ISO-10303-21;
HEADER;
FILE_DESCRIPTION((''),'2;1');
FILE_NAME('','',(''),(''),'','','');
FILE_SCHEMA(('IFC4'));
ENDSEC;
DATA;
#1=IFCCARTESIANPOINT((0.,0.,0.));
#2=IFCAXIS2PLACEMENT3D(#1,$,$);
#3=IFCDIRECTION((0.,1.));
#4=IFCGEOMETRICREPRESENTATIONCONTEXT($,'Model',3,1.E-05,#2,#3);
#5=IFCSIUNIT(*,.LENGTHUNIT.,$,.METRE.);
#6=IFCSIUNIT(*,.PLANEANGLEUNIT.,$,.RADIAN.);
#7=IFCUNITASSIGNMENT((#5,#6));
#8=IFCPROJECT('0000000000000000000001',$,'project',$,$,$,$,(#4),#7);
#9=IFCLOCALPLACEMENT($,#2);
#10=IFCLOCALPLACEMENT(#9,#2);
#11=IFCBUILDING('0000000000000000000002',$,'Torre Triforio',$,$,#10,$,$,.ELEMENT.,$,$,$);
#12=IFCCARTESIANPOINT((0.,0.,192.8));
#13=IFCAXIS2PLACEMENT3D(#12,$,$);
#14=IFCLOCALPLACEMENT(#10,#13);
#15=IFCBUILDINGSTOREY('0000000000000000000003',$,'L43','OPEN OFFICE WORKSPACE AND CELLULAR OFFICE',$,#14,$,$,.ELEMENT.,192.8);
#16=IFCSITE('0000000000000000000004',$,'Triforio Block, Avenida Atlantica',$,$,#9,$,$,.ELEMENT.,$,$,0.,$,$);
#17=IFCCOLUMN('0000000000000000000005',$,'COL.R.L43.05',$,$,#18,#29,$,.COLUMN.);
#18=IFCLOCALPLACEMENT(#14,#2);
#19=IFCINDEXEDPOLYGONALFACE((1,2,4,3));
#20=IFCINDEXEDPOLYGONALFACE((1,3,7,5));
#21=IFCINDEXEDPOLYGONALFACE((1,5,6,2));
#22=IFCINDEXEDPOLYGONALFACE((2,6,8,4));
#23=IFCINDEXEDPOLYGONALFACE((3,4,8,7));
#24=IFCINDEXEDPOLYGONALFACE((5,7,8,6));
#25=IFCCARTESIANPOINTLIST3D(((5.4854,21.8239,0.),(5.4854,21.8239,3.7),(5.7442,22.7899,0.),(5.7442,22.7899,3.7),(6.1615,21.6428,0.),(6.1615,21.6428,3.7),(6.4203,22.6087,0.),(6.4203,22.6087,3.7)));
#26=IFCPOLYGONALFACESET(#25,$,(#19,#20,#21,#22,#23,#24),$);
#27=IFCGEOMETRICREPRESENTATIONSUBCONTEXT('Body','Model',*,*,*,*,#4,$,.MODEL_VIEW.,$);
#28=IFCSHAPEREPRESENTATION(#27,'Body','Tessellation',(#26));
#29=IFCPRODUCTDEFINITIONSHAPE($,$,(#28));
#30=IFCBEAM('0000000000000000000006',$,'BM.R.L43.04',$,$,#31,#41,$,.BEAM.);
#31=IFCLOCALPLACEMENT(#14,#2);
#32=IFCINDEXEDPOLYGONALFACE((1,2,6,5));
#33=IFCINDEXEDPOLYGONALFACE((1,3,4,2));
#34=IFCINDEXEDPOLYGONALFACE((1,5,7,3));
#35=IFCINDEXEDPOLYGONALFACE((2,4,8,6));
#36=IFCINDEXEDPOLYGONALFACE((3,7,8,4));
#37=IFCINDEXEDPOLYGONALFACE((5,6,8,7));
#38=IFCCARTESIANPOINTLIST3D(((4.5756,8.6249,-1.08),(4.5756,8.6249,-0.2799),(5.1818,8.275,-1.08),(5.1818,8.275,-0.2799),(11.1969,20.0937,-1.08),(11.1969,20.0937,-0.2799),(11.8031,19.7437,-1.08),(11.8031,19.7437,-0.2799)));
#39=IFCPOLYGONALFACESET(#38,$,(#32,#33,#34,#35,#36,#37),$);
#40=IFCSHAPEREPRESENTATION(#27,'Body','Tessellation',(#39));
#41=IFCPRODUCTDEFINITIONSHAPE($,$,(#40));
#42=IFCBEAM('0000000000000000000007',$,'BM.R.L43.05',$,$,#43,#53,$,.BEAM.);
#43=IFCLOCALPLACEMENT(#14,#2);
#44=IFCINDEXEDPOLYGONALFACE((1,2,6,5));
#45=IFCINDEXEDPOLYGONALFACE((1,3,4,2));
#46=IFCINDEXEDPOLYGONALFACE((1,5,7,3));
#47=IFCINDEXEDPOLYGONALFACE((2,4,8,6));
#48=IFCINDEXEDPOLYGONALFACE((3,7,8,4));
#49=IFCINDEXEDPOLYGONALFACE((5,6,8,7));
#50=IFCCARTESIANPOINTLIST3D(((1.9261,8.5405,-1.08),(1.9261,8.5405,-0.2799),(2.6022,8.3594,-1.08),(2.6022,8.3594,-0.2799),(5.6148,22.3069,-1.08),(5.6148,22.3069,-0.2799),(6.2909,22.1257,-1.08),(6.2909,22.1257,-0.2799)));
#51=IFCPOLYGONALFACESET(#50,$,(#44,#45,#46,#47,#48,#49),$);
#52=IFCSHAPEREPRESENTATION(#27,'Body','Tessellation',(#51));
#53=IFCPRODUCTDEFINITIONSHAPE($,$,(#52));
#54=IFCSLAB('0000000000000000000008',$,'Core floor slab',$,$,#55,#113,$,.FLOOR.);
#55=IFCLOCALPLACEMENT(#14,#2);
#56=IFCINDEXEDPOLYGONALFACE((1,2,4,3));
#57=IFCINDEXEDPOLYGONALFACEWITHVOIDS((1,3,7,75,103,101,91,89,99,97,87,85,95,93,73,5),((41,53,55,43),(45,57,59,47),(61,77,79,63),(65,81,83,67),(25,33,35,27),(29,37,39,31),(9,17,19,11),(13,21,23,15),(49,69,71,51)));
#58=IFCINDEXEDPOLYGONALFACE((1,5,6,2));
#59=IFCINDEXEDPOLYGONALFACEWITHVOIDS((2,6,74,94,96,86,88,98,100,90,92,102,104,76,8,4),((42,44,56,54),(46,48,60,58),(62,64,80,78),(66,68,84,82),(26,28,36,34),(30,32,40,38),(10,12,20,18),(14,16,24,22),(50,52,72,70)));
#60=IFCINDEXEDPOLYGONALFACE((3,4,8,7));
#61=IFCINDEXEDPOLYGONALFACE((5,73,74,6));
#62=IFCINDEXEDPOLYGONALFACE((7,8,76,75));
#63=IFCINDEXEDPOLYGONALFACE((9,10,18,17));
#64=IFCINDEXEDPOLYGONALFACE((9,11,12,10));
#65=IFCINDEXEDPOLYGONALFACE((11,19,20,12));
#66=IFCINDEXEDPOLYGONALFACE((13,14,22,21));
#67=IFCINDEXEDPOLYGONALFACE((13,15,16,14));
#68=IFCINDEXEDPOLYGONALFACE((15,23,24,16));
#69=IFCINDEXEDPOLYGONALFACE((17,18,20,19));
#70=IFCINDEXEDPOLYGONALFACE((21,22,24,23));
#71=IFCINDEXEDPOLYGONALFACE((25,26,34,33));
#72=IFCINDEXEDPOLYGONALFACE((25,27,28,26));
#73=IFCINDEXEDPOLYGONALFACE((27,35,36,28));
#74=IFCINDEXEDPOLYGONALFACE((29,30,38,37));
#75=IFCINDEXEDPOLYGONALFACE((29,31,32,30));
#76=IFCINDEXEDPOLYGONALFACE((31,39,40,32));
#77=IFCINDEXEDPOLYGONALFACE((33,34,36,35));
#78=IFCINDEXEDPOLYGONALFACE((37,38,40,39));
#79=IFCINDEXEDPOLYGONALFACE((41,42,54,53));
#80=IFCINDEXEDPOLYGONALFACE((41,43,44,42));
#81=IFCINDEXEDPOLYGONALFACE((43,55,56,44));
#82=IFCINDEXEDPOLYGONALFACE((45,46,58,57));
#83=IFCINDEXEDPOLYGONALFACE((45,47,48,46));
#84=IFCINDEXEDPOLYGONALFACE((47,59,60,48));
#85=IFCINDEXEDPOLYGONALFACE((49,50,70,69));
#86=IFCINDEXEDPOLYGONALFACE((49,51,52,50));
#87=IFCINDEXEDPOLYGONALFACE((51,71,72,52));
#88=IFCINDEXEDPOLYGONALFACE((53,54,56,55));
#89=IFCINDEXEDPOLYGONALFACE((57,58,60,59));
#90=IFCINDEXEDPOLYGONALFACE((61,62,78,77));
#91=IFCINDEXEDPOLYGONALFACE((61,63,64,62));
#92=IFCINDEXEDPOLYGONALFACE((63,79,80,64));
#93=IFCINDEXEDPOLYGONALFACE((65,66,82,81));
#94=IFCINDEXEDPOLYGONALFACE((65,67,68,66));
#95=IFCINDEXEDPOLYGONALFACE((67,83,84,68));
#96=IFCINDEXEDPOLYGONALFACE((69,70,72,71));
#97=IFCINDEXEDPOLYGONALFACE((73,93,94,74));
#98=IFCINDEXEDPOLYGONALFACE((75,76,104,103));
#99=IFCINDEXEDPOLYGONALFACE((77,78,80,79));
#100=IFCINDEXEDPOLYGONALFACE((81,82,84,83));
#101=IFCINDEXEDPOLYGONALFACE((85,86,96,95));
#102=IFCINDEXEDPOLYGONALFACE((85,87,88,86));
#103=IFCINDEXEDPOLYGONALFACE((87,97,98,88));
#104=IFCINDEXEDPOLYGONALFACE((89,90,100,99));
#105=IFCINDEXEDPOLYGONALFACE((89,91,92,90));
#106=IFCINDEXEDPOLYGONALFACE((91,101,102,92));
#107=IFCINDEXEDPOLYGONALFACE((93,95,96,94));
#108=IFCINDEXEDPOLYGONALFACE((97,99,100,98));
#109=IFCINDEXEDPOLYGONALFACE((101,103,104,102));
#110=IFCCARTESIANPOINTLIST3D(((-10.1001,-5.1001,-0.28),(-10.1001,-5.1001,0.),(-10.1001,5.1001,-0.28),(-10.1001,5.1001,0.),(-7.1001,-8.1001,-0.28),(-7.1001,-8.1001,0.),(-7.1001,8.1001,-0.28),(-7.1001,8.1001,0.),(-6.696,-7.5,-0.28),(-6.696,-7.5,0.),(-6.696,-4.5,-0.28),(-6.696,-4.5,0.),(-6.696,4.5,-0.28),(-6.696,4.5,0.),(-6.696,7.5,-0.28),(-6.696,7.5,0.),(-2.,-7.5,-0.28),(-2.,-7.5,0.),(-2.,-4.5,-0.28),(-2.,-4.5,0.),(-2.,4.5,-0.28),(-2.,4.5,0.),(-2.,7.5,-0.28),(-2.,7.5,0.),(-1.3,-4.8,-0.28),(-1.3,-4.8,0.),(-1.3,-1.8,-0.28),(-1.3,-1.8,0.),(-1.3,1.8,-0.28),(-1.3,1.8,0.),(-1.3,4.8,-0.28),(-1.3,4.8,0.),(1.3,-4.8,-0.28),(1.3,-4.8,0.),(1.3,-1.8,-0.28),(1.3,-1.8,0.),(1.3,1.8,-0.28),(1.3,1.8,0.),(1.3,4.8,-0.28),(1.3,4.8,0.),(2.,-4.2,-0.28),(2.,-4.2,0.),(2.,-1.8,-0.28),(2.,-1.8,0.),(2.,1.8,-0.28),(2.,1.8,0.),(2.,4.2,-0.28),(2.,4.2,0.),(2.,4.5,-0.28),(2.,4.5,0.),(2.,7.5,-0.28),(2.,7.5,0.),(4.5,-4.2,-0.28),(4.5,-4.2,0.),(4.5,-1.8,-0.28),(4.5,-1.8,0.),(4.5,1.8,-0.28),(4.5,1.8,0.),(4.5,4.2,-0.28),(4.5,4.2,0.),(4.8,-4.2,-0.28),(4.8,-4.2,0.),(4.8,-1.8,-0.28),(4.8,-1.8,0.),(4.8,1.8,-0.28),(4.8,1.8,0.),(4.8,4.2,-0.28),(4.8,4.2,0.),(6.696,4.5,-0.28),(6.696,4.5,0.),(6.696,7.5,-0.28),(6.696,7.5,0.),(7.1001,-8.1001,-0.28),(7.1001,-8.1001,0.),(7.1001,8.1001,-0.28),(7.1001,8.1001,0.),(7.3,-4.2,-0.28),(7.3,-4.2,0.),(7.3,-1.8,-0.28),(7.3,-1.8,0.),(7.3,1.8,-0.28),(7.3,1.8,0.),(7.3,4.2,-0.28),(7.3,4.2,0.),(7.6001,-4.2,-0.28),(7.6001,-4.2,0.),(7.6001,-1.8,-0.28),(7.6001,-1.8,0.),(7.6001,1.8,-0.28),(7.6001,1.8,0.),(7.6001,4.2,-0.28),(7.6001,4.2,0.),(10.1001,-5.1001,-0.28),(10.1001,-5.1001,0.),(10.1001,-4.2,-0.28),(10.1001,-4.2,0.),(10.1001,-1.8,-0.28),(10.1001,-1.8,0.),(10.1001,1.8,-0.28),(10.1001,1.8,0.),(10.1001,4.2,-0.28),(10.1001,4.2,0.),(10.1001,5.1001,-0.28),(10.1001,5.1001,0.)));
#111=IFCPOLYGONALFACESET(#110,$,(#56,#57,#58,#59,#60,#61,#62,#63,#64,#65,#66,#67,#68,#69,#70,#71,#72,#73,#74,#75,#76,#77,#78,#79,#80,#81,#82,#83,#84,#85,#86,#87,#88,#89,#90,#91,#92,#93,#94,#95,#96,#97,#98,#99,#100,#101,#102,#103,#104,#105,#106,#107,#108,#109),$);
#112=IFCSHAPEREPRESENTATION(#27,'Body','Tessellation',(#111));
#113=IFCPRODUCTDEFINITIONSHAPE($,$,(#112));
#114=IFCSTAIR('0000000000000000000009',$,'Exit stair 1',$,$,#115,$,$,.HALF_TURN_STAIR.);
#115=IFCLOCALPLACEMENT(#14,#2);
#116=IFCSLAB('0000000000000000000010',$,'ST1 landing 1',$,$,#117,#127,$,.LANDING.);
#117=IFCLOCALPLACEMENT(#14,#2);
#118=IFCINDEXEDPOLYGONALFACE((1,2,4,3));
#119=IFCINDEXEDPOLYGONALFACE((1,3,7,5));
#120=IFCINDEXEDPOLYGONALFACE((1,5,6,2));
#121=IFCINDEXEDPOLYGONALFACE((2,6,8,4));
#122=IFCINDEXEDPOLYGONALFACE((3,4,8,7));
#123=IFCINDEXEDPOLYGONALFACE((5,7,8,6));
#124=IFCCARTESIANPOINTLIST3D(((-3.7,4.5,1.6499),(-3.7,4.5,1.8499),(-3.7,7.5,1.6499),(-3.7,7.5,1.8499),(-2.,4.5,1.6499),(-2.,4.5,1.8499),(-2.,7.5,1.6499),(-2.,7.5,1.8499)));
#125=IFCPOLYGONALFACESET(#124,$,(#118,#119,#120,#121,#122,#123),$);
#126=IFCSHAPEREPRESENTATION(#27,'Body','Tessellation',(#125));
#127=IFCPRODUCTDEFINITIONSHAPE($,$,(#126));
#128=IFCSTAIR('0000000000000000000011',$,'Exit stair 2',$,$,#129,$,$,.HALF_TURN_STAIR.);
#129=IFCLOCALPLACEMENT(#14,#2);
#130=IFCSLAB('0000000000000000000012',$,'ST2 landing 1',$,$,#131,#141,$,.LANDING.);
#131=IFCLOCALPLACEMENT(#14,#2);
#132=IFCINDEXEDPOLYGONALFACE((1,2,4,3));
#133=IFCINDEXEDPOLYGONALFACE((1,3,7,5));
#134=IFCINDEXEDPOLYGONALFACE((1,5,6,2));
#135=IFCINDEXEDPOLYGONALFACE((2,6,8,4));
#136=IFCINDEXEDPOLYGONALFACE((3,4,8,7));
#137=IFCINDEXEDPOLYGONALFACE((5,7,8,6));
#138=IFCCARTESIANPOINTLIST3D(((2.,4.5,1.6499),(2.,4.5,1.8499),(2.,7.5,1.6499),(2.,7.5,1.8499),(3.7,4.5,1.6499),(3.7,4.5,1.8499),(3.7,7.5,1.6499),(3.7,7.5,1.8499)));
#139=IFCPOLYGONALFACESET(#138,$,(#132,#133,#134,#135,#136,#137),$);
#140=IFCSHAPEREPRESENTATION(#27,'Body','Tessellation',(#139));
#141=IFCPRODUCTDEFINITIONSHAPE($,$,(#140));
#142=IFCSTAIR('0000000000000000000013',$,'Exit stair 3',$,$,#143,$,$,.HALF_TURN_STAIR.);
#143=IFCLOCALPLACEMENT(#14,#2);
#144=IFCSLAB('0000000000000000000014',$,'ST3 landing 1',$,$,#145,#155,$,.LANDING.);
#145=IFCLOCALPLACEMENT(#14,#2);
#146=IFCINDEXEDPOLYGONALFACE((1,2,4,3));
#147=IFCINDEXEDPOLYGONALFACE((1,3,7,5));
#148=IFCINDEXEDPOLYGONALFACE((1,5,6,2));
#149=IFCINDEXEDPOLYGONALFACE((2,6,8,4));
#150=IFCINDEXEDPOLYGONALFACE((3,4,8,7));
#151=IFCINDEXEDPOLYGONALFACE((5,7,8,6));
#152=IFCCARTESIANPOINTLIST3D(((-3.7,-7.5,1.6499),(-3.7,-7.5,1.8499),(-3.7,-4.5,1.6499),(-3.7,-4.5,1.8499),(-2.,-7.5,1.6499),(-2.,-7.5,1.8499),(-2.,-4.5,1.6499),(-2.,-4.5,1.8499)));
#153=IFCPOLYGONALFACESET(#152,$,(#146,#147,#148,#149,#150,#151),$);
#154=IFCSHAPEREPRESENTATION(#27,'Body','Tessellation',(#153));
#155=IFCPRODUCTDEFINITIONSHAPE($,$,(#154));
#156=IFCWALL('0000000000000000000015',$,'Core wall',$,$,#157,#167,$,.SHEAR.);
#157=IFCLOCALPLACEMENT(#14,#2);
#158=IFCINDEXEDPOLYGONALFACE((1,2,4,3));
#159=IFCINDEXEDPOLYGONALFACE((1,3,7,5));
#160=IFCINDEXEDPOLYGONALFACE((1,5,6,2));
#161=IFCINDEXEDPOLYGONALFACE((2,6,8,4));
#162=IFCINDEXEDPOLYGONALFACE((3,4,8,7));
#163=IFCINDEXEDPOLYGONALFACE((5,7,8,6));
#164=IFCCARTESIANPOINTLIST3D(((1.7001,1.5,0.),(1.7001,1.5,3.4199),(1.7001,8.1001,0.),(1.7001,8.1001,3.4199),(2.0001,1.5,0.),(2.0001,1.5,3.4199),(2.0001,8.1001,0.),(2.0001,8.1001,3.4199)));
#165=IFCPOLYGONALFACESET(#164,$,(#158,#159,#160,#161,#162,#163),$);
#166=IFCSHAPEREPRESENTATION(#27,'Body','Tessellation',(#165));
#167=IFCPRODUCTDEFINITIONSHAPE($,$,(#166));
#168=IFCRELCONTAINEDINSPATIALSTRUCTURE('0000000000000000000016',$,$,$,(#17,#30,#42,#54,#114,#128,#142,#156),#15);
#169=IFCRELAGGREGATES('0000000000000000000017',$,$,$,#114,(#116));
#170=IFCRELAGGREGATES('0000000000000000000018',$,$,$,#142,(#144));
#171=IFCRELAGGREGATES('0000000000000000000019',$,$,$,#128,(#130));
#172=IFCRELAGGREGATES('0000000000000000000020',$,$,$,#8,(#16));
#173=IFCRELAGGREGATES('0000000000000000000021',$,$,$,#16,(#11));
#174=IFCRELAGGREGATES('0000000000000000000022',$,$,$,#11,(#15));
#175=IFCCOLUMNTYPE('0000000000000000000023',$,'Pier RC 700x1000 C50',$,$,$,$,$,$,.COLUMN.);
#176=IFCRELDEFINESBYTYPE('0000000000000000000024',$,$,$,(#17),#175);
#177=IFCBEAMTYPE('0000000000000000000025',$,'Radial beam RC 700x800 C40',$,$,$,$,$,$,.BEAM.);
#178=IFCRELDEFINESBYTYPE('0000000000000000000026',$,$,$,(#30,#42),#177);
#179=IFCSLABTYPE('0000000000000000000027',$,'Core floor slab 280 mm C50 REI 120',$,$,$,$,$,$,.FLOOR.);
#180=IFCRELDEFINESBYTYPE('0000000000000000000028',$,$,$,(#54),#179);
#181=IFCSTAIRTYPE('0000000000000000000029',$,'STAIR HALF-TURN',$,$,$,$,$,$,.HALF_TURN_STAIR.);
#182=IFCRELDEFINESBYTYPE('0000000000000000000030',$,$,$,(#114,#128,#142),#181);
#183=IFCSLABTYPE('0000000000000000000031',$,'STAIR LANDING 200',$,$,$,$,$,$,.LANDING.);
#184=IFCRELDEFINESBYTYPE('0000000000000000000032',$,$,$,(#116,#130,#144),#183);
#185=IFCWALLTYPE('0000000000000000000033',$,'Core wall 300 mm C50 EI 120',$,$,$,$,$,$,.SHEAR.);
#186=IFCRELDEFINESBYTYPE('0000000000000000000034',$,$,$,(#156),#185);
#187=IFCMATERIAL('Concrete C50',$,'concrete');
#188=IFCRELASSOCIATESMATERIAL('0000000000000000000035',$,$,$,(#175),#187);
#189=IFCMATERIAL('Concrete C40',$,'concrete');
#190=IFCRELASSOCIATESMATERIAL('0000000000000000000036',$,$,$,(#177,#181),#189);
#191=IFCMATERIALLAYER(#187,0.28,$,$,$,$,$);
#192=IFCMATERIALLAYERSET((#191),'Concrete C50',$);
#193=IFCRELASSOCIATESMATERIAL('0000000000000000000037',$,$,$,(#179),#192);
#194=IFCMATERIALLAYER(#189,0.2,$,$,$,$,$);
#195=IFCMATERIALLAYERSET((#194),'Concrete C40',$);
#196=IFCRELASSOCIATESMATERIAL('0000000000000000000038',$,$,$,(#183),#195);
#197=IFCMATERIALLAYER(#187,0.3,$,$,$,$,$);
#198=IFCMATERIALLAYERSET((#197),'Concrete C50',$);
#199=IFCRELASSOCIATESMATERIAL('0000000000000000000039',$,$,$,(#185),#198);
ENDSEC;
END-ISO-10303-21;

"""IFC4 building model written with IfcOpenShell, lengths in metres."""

from ifc_helpers import new_model, si_unit, direction, frame, frame_2d, origin, origin_2d, place, context, subcontext, project, spatial, polyline, rectangle, outline, extrude, material, layer, layer_set, material_profile, profile_set, type_object, element, aggregate, save


model = new_model("IFC4")

# Units and contexts
model_context = context("Model", 3, precision=1e-05, world=origin(), true_north=direction((0.0, 1.0)))
body_context = subcontext(model_context, "Body", "Model", "MODEL_VIEW")
ifc_project = project(units=[si_unit("LENGTHUNIT", "METRE"), si_unit("PLANEANGLEUNIT", "RADIAN")], contexts=[model_context])

# Site, building, storey
site_placement = place(None, origin())
site = spatial("IfcSite", under=ifc_project, at=site_placement, Name="Triforio Block, Avenida Atlantica", CompositionType="ELEMENT", RefElevation=0.0)
building_placement = place(site_placement, origin())
building = spatial("IfcBuilding", under=site, at=building_placement, Name="Torre Triforio", CompositionType="ELEMENT")
storey_placement = place(building_placement, frame((0.0, 0.0, 192.8)))
storey = spatial("IfcBuildingStorey", under=building, at=storey_placement, Name="L43", Description="OPEN OFFICE WORKSPACE AND CELLULAR OFFICE", CompositionType="ELEMENT", Elevation=192.8)

# Column
ifc_material_1 = material(Name="Concrete C50", Category="concrete")
ifc_material_profile_1 = material_profile(ifc_material_1, rectangle(XDim=0.7, YDim=1.0, at=origin_2d()), Name="RC 700x1000")
ifc_profile_set_1 = profile_set([ifc_material_profile_1], Name="Concrete C50")
column_type = type_object("IfcColumnType", Name="Pier RC 700x1000 C50", PredefinedType="COLUMN", material=ifc_profile_set_1)
column_placement = place(storey_placement, frame((5.9529, 22.2163, 0.0), z_axis=(0.0, 0.0, 1.0), x_axis=(-0.965926, 0.258819, 0.0)))
element("IfcColumn", 1, at=column_placement, inside=storey, type_object=column_type, Name="COL.R.L43.05", PredefinedType="COLUMN", context=body_context, shape_type="SweptSolid", body=[
    extrude(rectangle(XDim=0.7, YDim=1.0, at=origin_2d()), origin(), (0.0, 0.0, 1.0), 3.7),
])

# Beams
ifc_material_2 = material(Name="Concrete C40", Category="concrete")
ifc_material_profile_2 = material_profile(ifc_material_2, rectangle(XDim=0.7, YDim=0.8, at=origin_2d()), Name="RC 700x800")
ifc_profile_set_2 = profile_set([ifc_material_profile_2], Name="Concrete C40")
beam_type = type_object("IfcBeamType", Name="Radial beam RC 700x800 C40", PredefinedType="BEAM", material=ifc_profile_set_2)
beam_1_placement = place(storey_placement, frame((4.8787, 8.45, -0.6799), z_axis=(0.499992, 0.86603, 0.0), x_axis=(-0.86603, 0.499992, 0.0)))
element("IfcBeam", 2, at=beam_1_placement, inside=storey, type_object=beam_type, Name="BM.R.L43.04", PredefinedType="BEAM", context=body_context, shape_type="SweptSolid", body=[
    extrude(rectangle(XDim=0.7, YDim=0.8, at=origin_2d()), origin(), (0.0, 0.0, 1.0), 13.2429),
])
beam_2_placement = place(storey_placement, frame((2.2642, 8.45, -0.6799), z_axis=(0.258821, 0.965925, 0.0), x_axis=(-0.965925, 0.258821, 0.0)))
element("IfcBeam", 3, at=beam_2_placement, inside=storey, type_object=beam_type, Name="BM.R.L43.05", PredefinedType="BEAM", context=body_context, shape_type="SweptSolid", body=[
    extrude(rectangle(XDim=0.7, YDim=0.8, at=origin_2d()), origin(), (0.0, 0.0, 1.0), 14.252),
])

# Slab
ifc_layer_1 = layer(ifc_material_1, 0.28)
ifc_layer_set_1 = layer_set([ifc_layer_1], Name="Concrete C50")
slab_type_1 = type_object("IfcSlabType", Name="Core floor slab 280 mm C50 REI 120", PredefinedType="FLOOR", material=ifc_layer_set_1)
slab_1_placement = place(storey_placement, frame((0.0, 0.0, -0.28)))
element("IfcSlab", 4, at=slab_1_placement, inside=storey, type_object=slab_type_1, Name="Core floor slab", PredefinedType="FLOOR", context=body_context, shape_type="SweptSolid", body=[
    extrude(outline(polyline([(10.1001, -5.1001), (7.1001, -8.1001), (-7.1001, -8.1001), (-10.1001, -5.1001), (-10.1001, 5.1001), (-7.1001, 8.1001), (7.1001, 8.1001), (10.1001, 5.1001), (10.1001, 4.2), (7.6001, 4.2), (7.6001, 1.8), (10.1001, 1.8), (10.1001, -1.8), (7.6001, -1.8), (7.6001, -4.2), (10.1001, -4.2), (10.1001, -5.1001)]), holes=[polyline([(-6.696, -4.5), (-6.696, -7.5), (-2.0, -7.5), (-2.0, -4.5), (-6.696, -4.5)]), polyline([(-1.3, -1.8), (-1.3, -4.8), (1.3, -4.8), (1.3, -1.8), (-1.3, -1.8)]), polyline([(2.0, -1.8), (2.0, -4.2), (4.5, -4.2), (4.5, -1.8), (2.0, -1.8)]), polyline([(4.5, 4.2), (2.0, 4.2), (2.0, 1.8), (4.5, 1.8), (4.5, 4.2)]), polyline([(1.3, 4.8), (-1.3, 4.8), (-1.3, 1.8), (1.3, 1.8), (1.3, 4.8)]), polyline([(-6.696, 7.5), (-6.696, 4.5), (-2.0, 4.5), (-2.0, 7.5), (-6.696, 7.5)]), polyline([(7.3, -1.8), (4.8, -1.8), (4.8, -4.2), (7.3, -4.2), (7.3, -1.8)]), polyline([(4.8, 4.2), (4.8, 1.8), (7.3, 1.8), (7.3, 4.2), (4.8, 4.2)]), polyline([(6.696, 7.5), (2.0, 7.5), (2.0, 4.5), (6.696, 4.5), (6.696, 7.5)])]), origin(), (0.0, 0.0, 1.0), 0.28),
])

# Stairs, slabs
stair_type = type_object("IfcStairType", Name="STAIR HALF-TURN", PredefinedType="HALF_TURN_STAIR", material=ifc_material_2)
stair_1_placement = place(storey_placement, origin())
stair_1 = element("IfcStair", 5, at=stair_1_placement, inside=storey, type_object=stair_type, Name="Exit stair 1", PredefinedType="HALF_TURN_STAIR")
ifc_layer_2 = layer(ifc_material_2, 0.2)
ifc_layer_set_2 = layer_set([ifc_layer_2], Name="Concrete C40")
slab_type_2 = type_object("IfcSlabType", Name="STAIR LANDING 200", PredefinedType="LANDING", material=ifc_layer_set_2)
slab_2_placement = place(storey_placement, frame((0.0, 0.0, 1.6499)))
slab_2 = element("IfcSlab", 6, at=slab_2_placement, type_object=slab_type_2, Name="ST1 landing 1", PredefinedType="LANDING", context=body_context, shape_type="SweptSolid", body=[
    extrude(outline(polyline([(-2.0, 4.5), (-2.0, 7.5), (-3.7, 7.5), (-3.7, 4.5), (-2.0, 4.5)])), origin(), (0.0, 0.0, 1.0), 0.2),
])
aggregate(stair_1, [slab_2])
stair_2_placement = place(storey_placement, origin())
stair_2 = element("IfcStair", 7, at=stair_2_placement, inside=storey, type_object=stair_type, Name="Exit stair 2", PredefinedType="HALF_TURN_STAIR")
slab_3_placement = place(storey_placement, frame((0.0, 0.0, 1.6499)))
slab_3 = element("IfcSlab", 8, at=slab_3_placement, type_object=slab_type_2, Name="ST2 landing 1", PredefinedType="LANDING", context=body_context, shape_type="SweptSolid", body=[
    extrude(outline(polyline([(3.7, 4.5), (3.7, 7.5), (2.0, 7.5), (2.0, 4.5), (3.7, 4.5)])), origin(), (0.0, 0.0, 1.0), 0.2),
])
stair_3_placement = place(storey_placement, origin())
stair_3 = element("IfcStair", 9, at=stair_3_placement, inside=storey, type_object=stair_type, Name="Exit stair 3", PredefinedType="HALF_TURN_STAIR")
slab_4_placement = place(storey_placement, frame((0.0, 0.0, 1.6499)))
slab_4 = element("IfcSlab", 10, at=slab_4_placement, type_object=slab_type_2, Name="ST3 landing 1", PredefinedType="LANDING", context=body_context, shape_type="SweptSolid", body=[
    extrude(outline(polyline([(-2.0, -7.5), (-2.0, -4.5), (-3.7, -4.5), (-3.7, -7.5), (-2.0, -7.5)])), origin(), (0.0, 0.0, 1.0), 0.2),
])
aggregate(stair_3, [slab_4])

# Wall
ifc_layer_3 = layer(ifc_material_1, 0.3)
ifc_layer_set_3 = layer_set([ifc_layer_3], Name="Concrete C50")
wall_type_1 = type_object("IfcWallType", Name="Core wall 300 mm C50 EI 120", PredefinedType="SHEAR", material=ifc_layer_set_3)
wall_1_placement = place(storey_placement, frame((1.8501, 1.5, 0.0), z_axis=(0.0, 0.0, 1.0), x_axis=(0.0, 1.0, 0.0)))
element("IfcWall", 11, at=wall_1_placement, inside=storey, type_object=wall_type_1, Name="Core wall", PredefinedType="SHEAR", context=body_context, shape_type="SweptSolid", body=[
    extrude(rectangle(XDim=6.6001, YDim=0.3, at=frame_2d((3.3, 0.0))), origin(), (0.0, 0.0, 1.0), 3.4199),
])

aggregate(stair_2, [slab_3])

save(model, "model.ifc")
